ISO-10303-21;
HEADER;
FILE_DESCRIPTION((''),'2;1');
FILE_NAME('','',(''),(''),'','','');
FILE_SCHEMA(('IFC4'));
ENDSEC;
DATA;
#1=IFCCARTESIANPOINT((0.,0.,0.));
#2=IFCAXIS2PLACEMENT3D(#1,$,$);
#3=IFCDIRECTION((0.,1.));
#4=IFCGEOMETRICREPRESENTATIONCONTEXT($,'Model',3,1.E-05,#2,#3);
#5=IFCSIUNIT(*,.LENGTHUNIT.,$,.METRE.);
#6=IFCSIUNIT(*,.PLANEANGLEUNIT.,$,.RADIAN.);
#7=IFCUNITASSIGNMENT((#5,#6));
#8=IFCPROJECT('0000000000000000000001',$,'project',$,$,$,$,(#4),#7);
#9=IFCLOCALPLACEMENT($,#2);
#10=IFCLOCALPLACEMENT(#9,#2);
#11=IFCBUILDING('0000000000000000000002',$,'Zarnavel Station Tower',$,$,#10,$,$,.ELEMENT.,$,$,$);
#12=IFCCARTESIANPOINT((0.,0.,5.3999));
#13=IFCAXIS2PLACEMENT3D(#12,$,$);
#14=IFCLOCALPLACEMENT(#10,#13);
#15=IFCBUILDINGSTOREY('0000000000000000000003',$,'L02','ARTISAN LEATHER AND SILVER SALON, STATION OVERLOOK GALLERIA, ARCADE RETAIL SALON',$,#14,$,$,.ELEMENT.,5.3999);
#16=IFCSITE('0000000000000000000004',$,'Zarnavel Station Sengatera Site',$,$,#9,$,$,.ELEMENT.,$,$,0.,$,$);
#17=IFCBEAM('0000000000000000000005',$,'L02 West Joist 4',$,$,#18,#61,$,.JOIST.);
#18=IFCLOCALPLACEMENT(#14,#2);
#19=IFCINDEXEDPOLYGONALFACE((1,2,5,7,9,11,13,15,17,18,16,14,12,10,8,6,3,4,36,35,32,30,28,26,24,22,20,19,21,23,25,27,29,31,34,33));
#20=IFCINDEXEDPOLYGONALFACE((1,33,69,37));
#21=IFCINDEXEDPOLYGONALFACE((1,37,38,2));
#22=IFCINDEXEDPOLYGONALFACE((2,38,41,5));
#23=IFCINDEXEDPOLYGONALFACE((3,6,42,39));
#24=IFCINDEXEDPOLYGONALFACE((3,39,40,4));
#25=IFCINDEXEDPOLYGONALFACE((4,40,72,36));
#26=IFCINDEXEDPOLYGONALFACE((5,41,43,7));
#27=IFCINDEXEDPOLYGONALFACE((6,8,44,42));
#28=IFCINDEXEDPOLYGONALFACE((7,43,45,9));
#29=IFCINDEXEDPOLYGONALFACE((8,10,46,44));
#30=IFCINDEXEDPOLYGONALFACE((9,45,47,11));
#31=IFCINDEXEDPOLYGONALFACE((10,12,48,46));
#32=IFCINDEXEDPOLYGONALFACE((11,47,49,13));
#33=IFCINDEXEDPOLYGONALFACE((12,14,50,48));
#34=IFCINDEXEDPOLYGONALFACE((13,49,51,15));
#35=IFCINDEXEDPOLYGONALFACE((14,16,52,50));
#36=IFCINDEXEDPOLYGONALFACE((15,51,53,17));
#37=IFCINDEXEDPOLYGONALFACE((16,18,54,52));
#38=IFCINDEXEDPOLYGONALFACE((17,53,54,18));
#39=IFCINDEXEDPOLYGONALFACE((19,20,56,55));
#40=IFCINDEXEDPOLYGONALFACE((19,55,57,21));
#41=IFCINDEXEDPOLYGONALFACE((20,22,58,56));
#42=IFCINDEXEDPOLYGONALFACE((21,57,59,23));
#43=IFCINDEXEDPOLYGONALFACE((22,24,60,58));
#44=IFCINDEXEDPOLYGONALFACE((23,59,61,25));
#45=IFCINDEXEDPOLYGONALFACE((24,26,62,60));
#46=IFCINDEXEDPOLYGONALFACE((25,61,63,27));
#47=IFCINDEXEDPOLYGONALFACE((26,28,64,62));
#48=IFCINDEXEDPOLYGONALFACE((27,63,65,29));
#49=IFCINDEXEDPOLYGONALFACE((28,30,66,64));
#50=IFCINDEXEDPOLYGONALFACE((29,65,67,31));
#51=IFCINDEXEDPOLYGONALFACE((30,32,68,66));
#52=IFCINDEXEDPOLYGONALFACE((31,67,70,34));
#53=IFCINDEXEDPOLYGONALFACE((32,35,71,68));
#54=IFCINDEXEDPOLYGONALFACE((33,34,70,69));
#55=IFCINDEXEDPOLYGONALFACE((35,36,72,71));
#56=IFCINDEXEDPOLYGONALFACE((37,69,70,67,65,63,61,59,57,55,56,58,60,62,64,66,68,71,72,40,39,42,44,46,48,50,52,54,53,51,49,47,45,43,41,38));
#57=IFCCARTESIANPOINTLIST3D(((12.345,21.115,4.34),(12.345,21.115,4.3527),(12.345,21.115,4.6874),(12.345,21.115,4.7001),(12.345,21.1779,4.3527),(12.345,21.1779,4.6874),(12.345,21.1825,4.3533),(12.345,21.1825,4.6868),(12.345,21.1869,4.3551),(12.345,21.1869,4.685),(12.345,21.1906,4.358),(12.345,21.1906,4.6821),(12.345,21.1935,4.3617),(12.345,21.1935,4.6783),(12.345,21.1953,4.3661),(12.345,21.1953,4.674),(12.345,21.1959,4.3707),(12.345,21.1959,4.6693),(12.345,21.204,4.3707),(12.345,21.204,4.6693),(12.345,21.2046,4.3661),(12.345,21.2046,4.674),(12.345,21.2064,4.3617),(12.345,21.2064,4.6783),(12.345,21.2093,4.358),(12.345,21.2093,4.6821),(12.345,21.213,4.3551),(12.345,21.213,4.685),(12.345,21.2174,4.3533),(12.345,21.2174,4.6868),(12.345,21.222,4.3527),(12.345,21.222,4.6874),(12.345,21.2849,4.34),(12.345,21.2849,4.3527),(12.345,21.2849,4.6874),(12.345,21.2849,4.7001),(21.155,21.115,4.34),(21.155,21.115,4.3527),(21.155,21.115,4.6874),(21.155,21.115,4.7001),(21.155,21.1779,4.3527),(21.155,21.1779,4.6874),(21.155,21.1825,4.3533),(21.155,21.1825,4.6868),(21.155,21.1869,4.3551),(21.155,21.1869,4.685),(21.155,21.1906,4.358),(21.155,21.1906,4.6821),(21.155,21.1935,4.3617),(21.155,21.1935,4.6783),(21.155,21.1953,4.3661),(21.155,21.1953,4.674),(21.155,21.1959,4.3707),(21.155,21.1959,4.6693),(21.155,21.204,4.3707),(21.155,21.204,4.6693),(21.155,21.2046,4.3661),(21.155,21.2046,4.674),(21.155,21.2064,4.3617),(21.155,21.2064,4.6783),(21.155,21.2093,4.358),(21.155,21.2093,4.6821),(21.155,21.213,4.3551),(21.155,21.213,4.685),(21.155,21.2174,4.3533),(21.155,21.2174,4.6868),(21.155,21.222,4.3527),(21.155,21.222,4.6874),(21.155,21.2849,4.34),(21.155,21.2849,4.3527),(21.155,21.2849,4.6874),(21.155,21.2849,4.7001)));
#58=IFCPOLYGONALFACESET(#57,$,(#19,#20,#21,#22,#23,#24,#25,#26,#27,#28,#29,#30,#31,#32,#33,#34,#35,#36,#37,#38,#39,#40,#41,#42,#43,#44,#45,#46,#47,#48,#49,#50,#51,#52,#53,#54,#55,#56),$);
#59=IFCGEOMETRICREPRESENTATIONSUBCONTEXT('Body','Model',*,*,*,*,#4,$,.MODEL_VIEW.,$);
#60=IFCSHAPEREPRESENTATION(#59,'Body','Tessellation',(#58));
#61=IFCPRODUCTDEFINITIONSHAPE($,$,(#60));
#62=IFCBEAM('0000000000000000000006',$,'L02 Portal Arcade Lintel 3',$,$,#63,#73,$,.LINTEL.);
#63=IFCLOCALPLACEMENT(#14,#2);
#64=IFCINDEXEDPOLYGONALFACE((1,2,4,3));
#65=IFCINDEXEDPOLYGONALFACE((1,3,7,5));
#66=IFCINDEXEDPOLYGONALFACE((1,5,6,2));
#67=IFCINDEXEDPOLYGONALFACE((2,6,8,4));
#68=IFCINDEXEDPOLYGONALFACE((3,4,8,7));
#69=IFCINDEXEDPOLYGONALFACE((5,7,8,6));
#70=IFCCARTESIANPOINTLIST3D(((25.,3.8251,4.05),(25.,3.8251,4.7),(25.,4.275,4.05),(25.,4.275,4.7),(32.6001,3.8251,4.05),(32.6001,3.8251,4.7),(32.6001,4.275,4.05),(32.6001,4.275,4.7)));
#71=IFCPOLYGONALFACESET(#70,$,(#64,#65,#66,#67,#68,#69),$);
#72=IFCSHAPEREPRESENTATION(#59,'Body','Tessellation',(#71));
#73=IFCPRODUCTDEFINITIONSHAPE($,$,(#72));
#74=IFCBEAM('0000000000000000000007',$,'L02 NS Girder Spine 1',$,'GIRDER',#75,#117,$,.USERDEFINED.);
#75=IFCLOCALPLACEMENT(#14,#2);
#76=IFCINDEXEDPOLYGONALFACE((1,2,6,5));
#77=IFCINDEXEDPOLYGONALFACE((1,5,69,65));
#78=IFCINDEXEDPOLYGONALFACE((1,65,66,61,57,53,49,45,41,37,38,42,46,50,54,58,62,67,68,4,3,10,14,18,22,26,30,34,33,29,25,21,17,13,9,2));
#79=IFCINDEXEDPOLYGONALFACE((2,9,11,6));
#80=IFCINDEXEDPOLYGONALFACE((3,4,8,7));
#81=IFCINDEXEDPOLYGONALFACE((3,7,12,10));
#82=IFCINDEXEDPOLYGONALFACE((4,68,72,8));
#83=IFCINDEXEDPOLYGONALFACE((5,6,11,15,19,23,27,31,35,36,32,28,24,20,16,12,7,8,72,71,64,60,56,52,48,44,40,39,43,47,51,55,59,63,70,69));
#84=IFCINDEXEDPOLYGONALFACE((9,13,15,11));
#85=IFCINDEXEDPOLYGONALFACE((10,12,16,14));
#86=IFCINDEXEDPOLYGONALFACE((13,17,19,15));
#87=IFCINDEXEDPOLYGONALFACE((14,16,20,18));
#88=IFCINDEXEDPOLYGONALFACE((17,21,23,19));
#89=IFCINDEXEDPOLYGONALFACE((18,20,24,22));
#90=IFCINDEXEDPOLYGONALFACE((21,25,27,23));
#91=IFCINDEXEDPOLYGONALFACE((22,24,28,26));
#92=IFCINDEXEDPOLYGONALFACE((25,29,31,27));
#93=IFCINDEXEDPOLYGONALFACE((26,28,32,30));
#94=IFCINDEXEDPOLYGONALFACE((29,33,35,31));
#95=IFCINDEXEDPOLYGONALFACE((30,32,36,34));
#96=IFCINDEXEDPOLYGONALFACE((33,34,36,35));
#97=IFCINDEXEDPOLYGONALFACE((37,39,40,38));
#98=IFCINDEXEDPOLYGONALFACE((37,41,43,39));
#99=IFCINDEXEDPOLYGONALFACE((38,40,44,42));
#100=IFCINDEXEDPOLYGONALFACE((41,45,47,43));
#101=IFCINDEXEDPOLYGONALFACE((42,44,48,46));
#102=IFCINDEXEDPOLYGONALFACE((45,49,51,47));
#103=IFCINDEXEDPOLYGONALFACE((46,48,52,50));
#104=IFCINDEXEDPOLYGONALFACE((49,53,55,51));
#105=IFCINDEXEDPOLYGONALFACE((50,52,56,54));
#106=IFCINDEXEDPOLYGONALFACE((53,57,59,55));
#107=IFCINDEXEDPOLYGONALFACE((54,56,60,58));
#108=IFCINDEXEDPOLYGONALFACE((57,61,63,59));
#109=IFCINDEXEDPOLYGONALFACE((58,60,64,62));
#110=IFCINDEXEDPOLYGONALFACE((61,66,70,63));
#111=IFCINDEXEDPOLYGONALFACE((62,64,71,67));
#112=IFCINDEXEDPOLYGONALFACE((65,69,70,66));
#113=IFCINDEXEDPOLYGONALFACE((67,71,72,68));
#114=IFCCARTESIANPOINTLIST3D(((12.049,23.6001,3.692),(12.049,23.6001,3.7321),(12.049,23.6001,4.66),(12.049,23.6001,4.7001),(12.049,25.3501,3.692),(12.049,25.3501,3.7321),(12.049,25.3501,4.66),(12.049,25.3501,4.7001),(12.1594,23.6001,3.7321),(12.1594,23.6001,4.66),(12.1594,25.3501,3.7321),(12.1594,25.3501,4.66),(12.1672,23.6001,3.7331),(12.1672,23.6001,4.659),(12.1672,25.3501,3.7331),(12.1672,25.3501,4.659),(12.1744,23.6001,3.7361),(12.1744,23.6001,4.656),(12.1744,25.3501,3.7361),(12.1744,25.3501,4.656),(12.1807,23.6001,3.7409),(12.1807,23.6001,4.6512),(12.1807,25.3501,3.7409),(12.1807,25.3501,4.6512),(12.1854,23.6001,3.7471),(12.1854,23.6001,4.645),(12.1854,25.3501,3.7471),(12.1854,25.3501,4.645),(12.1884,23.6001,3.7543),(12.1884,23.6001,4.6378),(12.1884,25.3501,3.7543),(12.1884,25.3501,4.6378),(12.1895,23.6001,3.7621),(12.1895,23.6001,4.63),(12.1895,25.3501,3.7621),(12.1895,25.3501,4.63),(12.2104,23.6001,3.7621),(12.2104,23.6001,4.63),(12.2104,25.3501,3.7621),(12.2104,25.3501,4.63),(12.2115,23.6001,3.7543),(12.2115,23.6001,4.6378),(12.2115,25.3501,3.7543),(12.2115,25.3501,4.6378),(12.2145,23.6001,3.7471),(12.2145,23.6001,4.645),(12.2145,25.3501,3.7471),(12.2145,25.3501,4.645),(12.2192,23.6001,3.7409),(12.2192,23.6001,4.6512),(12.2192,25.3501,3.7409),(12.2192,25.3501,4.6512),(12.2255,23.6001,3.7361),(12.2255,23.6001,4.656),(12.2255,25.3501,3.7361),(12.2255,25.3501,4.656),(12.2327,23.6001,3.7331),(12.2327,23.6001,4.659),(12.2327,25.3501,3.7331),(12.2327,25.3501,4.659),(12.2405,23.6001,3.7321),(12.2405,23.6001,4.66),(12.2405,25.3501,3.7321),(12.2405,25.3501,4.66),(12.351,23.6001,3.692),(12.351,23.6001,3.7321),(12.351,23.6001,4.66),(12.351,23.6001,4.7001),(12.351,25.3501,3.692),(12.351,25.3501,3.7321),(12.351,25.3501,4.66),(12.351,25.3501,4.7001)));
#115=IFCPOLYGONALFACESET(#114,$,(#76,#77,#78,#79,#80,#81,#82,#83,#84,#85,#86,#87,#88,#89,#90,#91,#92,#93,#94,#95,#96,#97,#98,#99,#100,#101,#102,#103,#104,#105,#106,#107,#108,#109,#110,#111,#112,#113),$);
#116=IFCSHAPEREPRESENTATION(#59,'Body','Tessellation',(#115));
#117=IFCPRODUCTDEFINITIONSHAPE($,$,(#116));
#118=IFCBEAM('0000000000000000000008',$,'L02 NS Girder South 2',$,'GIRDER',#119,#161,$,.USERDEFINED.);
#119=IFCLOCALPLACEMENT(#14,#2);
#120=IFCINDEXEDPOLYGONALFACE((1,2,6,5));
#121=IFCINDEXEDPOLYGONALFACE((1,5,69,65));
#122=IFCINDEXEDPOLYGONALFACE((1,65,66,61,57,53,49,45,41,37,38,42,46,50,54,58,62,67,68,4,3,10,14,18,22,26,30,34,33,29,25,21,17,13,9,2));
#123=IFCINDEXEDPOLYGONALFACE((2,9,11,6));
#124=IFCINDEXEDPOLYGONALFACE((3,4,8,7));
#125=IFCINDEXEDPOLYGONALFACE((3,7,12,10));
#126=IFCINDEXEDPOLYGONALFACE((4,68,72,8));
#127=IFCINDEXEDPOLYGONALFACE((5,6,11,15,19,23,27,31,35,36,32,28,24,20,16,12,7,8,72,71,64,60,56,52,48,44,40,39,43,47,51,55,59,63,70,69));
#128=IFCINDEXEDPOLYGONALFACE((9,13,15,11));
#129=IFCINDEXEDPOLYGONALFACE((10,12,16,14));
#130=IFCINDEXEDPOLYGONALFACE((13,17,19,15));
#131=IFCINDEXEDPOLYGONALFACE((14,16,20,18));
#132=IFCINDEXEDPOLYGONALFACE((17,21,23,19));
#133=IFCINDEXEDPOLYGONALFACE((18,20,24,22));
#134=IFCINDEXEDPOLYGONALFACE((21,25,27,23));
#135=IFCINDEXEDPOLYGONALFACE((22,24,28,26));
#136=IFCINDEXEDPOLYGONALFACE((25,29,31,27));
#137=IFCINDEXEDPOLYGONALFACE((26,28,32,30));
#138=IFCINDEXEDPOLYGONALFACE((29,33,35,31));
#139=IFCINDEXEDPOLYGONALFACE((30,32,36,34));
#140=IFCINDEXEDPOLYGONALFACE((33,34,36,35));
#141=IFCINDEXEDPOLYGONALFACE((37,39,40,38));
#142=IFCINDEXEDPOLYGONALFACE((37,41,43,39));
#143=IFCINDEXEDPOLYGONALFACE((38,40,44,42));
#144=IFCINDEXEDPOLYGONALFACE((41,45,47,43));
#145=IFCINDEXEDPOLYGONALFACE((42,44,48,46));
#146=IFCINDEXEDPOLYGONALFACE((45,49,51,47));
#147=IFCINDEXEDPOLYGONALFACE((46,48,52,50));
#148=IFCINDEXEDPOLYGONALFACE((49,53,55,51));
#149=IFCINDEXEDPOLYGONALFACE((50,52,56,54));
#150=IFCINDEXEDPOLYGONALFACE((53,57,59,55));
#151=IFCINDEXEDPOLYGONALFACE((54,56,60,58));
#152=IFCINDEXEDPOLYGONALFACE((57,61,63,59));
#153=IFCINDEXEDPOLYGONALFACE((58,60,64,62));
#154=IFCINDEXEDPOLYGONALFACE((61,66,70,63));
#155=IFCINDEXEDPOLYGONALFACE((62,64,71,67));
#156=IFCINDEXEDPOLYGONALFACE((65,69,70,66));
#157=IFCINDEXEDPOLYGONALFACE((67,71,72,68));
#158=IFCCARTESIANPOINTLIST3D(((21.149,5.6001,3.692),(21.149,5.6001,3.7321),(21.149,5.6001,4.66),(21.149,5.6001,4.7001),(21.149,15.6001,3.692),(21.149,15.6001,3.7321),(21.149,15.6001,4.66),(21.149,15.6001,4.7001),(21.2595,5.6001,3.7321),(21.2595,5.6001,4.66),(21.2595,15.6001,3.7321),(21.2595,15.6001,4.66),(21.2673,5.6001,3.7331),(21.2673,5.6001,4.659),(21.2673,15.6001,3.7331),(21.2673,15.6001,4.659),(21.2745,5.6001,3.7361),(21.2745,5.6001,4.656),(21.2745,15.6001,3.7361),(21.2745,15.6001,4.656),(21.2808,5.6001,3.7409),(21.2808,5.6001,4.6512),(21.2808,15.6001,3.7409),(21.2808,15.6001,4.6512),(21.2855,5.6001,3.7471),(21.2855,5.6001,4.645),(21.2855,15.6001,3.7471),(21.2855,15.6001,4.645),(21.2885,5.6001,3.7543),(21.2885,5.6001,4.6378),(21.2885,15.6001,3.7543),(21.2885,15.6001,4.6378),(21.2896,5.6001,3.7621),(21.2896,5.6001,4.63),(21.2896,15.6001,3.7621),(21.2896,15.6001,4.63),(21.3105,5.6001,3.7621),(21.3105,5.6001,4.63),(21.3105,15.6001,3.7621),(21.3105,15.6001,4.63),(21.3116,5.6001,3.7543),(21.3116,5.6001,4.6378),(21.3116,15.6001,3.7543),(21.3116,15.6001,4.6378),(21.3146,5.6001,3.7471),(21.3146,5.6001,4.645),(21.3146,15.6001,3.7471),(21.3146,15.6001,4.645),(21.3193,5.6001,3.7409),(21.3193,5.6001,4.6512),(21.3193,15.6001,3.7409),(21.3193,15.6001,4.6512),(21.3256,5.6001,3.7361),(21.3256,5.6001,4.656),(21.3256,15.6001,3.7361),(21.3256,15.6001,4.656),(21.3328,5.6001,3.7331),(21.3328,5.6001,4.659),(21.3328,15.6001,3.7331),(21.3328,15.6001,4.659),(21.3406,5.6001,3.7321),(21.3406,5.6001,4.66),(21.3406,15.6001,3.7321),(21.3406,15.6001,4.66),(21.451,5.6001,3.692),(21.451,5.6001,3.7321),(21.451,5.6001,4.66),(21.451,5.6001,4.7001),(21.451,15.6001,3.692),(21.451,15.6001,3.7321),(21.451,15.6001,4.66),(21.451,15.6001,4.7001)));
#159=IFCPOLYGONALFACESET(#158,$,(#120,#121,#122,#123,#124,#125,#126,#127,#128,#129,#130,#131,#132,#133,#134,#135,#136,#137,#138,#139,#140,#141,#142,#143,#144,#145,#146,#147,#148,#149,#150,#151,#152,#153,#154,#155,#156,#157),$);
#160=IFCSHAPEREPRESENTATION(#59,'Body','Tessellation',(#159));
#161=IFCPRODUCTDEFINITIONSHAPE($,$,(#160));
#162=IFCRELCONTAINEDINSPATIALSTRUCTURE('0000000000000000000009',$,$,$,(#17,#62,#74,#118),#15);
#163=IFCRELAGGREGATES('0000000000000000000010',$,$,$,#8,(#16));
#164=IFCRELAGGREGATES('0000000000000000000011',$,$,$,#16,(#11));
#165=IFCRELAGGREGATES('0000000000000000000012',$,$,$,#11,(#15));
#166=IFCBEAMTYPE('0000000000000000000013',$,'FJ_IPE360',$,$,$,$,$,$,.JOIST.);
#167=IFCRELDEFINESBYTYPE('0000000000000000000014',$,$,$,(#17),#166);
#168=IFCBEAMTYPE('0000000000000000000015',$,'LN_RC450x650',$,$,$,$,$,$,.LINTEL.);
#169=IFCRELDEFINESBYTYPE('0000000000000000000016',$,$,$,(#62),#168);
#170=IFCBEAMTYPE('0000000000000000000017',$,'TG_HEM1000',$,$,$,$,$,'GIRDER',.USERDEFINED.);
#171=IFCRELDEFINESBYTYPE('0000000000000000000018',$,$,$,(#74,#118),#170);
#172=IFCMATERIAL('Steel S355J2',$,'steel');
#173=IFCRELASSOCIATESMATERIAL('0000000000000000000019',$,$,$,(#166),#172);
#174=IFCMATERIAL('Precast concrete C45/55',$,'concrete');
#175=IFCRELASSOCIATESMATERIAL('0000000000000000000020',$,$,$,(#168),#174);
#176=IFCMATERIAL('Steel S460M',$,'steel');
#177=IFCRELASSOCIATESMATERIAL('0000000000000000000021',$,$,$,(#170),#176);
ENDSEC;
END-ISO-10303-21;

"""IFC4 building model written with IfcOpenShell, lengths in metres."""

from ifc_helpers import new_model, si_unit, direction, frame, origin, origin_2d, place, context, subcontext, project, spatial, rectangle, i_section, extrude, material, material_profile, profile_set, type_object, element, save


model = new_model("IFC4")

# Units and contexts
model_context = context("Model", 3, precision=1e-05, world=origin(), true_north=direction((0.0, 1.0)))
body_context = subcontext(model_context, "Body", "Model", "MODEL_VIEW")
ifc_project = project(units=[si_unit("LENGTHUNIT", "METRE"), si_unit("PLANEANGLEUNIT", "RADIAN")], contexts=[model_context])

# Site, building, storey
site_placement = place(None, origin())
site = spatial("IfcSite", under=ifc_project, at=site_placement, Name="Zarnavel Station Sengatera Site", CompositionType="ELEMENT", RefElevation=0.0)
building_placement = place(site_placement, origin())
building = spatial("IfcBuilding", under=site, at=building_placement, Name="Zarnavel Station Tower", CompositionType="ELEMENT")
storey_placement = place(building_placement, frame((0.0, 0.0, 5.3999)))
storey = spatial("IfcBuildingStorey", under=building, at=storey_placement, Name="L02", Description="ARTISAN LEATHER AND SILVER SALON, STATION OVERLOOK GALLERIA, ARCADE RETAIL SALON", CompositionType="ELEMENT", Elevation=5.3999)

# Beams
ifc_material_1 = material(Name="Steel S355J2", Category="steel")
ifc_material_profile_1 = material_profile(ifc_material_1, i_section(OverallWidth=0.1699, OverallDepth=0.3601, WebThickness=0.0081, FlangeThickness=0.0127, FilletRadius=0.0181, at=origin_2d()), Name="IPE360")
ifc_profile_set_1 = profile_set([ifc_material_profile_1], Name="Steel S355J2")
beam_type_1 = type_object("IfcBeamType", Name="FJ_IPE360", PredefinedType="JOIST", material=ifc_profile_set_1)
for number, where, z_axis, x_axis, name in (
    (1, (12.345, 21.2, 4.52), (1.0, 0.0, 0.0), (0.0, 1.0, 0.0), "L02 West Joist 4"),
):
    element("IfcBeam", number, at=place(storey_placement, frame(where, z_axis=z_axis, x_axis=x_axis)), inside=storey, type_object=beam_type_1, Name=name, PredefinedType="JOIST", context=body_context, shape_type="SweptSolid", body=[
        extrude(i_section(OverallWidth=0.1699, OverallDepth=0.3601, WebThickness=0.0081, FlangeThickness=0.0127, FilletRadius=0.0181, at=origin_2d()), origin(), (0.0, 0.0, 1.0), 8.8101),
    ])
ifc_material_2 = material(Name="Precast concrete C45/55", Category="concrete")
ifc_material_profile_2 = material_profile(ifc_material_2, rectangle(XDim=0.45, YDim=0.6499, at=origin_2d()), Name="RC450x650")
ifc_profile_set_2 = profile_set([ifc_material_profile_2], Name="Precast concrete C45/55")
beam_type_2 = type_object("IfcBeamType", Name="LN_RC450x650", PredefinedType="LINTEL", material=ifc_profile_set_2)
beam_1_placement = place(storey_placement, frame((25.0, 4.05, 4.375), z_axis=(1.0, 0.0, 0.0), x_axis=(0.0, 1.0, 0.0)))
element("IfcBeam", 2, at=beam_1_placement, inside=storey, type_object=beam_type_2, Name="L02 Portal Arcade Lintel 3", PredefinedType="LINTEL", context=body_context, shape_type="SweptSolid", body=[
    extrude(rectangle(XDim=0.45, YDim=0.6499, at=origin_2d()), origin(), (0.0, 0.0, 1.0), 7.6001),
])
ifc_material_3 = material(Name="Steel S460M", Category="steel")
ifc_material_profile_3 = material_profile(ifc_material_3, i_section(OverallWidth=0.302, OverallDepth=1.0081, WebThickness=0.021, FlangeThickness=0.04, FilletRadius=0.03, at=origin_2d()), Name="HEM1000")
ifc_profile_set_3 = profile_set([ifc_material_profile_3], Name="Steel S460M")
beam_type_3 = type_object("IfcBeamType", Name="TG_HEM1000", ElementType="GIRDER", PredefinedType="USERDEFINED", material=ifc_profile_set_3)
beam_2_placement = place(storey_placement, frame((12.2, 23.6001, 4.196), z_axis=(0.0, 1.0, 0.0), x_axis=(-1.0, 0.0, 0.0)))
element("IfcBeam", 3, at=beam_2_placement, inside=storey, type_object=beam_type_3, Name="L02 NS Girder Spine 1", ObjectType="GIRDER", PredefinedType="USERDEFINED", context=body_context, shape_type="SweptSolid", body=[
    extrude(i_section(OverallWidth=0.302, OverallDepth=1.0081, WebThickness=0.021, FlangeThickness=0.04, FilletRadius=0.03, at=origin_2d()), origin(), (0.0, 0.0, 1.0), 1.75),
])
beam_3_placement = place(storey_placement, frame((21.3, 5.6001, 4.196), z_axis=(0.0, 1.0, 0.0), x_axis=(-1.0, 0.0, 0.0)))
element("IfcBeam", 4, at=beam_3_placement, inside=storey, type_object=beam_type_3, Name="L02 NS Girder South 2", ObjectType="GIRDER", PredefinedType="USERDEFINED", context=body_context, shape_type="SweptSolid", body=[
    extrude(i_section(OverallWidth=0.302, OverallDepth=1.0081, WebThickness=0.021, FlangeThickness=0.04, FilletRadius=0.03, at=origin_2d()), origin(), (0.0, 0.0, 1.0), 10.0),
])

save(model, "model.ifc")
